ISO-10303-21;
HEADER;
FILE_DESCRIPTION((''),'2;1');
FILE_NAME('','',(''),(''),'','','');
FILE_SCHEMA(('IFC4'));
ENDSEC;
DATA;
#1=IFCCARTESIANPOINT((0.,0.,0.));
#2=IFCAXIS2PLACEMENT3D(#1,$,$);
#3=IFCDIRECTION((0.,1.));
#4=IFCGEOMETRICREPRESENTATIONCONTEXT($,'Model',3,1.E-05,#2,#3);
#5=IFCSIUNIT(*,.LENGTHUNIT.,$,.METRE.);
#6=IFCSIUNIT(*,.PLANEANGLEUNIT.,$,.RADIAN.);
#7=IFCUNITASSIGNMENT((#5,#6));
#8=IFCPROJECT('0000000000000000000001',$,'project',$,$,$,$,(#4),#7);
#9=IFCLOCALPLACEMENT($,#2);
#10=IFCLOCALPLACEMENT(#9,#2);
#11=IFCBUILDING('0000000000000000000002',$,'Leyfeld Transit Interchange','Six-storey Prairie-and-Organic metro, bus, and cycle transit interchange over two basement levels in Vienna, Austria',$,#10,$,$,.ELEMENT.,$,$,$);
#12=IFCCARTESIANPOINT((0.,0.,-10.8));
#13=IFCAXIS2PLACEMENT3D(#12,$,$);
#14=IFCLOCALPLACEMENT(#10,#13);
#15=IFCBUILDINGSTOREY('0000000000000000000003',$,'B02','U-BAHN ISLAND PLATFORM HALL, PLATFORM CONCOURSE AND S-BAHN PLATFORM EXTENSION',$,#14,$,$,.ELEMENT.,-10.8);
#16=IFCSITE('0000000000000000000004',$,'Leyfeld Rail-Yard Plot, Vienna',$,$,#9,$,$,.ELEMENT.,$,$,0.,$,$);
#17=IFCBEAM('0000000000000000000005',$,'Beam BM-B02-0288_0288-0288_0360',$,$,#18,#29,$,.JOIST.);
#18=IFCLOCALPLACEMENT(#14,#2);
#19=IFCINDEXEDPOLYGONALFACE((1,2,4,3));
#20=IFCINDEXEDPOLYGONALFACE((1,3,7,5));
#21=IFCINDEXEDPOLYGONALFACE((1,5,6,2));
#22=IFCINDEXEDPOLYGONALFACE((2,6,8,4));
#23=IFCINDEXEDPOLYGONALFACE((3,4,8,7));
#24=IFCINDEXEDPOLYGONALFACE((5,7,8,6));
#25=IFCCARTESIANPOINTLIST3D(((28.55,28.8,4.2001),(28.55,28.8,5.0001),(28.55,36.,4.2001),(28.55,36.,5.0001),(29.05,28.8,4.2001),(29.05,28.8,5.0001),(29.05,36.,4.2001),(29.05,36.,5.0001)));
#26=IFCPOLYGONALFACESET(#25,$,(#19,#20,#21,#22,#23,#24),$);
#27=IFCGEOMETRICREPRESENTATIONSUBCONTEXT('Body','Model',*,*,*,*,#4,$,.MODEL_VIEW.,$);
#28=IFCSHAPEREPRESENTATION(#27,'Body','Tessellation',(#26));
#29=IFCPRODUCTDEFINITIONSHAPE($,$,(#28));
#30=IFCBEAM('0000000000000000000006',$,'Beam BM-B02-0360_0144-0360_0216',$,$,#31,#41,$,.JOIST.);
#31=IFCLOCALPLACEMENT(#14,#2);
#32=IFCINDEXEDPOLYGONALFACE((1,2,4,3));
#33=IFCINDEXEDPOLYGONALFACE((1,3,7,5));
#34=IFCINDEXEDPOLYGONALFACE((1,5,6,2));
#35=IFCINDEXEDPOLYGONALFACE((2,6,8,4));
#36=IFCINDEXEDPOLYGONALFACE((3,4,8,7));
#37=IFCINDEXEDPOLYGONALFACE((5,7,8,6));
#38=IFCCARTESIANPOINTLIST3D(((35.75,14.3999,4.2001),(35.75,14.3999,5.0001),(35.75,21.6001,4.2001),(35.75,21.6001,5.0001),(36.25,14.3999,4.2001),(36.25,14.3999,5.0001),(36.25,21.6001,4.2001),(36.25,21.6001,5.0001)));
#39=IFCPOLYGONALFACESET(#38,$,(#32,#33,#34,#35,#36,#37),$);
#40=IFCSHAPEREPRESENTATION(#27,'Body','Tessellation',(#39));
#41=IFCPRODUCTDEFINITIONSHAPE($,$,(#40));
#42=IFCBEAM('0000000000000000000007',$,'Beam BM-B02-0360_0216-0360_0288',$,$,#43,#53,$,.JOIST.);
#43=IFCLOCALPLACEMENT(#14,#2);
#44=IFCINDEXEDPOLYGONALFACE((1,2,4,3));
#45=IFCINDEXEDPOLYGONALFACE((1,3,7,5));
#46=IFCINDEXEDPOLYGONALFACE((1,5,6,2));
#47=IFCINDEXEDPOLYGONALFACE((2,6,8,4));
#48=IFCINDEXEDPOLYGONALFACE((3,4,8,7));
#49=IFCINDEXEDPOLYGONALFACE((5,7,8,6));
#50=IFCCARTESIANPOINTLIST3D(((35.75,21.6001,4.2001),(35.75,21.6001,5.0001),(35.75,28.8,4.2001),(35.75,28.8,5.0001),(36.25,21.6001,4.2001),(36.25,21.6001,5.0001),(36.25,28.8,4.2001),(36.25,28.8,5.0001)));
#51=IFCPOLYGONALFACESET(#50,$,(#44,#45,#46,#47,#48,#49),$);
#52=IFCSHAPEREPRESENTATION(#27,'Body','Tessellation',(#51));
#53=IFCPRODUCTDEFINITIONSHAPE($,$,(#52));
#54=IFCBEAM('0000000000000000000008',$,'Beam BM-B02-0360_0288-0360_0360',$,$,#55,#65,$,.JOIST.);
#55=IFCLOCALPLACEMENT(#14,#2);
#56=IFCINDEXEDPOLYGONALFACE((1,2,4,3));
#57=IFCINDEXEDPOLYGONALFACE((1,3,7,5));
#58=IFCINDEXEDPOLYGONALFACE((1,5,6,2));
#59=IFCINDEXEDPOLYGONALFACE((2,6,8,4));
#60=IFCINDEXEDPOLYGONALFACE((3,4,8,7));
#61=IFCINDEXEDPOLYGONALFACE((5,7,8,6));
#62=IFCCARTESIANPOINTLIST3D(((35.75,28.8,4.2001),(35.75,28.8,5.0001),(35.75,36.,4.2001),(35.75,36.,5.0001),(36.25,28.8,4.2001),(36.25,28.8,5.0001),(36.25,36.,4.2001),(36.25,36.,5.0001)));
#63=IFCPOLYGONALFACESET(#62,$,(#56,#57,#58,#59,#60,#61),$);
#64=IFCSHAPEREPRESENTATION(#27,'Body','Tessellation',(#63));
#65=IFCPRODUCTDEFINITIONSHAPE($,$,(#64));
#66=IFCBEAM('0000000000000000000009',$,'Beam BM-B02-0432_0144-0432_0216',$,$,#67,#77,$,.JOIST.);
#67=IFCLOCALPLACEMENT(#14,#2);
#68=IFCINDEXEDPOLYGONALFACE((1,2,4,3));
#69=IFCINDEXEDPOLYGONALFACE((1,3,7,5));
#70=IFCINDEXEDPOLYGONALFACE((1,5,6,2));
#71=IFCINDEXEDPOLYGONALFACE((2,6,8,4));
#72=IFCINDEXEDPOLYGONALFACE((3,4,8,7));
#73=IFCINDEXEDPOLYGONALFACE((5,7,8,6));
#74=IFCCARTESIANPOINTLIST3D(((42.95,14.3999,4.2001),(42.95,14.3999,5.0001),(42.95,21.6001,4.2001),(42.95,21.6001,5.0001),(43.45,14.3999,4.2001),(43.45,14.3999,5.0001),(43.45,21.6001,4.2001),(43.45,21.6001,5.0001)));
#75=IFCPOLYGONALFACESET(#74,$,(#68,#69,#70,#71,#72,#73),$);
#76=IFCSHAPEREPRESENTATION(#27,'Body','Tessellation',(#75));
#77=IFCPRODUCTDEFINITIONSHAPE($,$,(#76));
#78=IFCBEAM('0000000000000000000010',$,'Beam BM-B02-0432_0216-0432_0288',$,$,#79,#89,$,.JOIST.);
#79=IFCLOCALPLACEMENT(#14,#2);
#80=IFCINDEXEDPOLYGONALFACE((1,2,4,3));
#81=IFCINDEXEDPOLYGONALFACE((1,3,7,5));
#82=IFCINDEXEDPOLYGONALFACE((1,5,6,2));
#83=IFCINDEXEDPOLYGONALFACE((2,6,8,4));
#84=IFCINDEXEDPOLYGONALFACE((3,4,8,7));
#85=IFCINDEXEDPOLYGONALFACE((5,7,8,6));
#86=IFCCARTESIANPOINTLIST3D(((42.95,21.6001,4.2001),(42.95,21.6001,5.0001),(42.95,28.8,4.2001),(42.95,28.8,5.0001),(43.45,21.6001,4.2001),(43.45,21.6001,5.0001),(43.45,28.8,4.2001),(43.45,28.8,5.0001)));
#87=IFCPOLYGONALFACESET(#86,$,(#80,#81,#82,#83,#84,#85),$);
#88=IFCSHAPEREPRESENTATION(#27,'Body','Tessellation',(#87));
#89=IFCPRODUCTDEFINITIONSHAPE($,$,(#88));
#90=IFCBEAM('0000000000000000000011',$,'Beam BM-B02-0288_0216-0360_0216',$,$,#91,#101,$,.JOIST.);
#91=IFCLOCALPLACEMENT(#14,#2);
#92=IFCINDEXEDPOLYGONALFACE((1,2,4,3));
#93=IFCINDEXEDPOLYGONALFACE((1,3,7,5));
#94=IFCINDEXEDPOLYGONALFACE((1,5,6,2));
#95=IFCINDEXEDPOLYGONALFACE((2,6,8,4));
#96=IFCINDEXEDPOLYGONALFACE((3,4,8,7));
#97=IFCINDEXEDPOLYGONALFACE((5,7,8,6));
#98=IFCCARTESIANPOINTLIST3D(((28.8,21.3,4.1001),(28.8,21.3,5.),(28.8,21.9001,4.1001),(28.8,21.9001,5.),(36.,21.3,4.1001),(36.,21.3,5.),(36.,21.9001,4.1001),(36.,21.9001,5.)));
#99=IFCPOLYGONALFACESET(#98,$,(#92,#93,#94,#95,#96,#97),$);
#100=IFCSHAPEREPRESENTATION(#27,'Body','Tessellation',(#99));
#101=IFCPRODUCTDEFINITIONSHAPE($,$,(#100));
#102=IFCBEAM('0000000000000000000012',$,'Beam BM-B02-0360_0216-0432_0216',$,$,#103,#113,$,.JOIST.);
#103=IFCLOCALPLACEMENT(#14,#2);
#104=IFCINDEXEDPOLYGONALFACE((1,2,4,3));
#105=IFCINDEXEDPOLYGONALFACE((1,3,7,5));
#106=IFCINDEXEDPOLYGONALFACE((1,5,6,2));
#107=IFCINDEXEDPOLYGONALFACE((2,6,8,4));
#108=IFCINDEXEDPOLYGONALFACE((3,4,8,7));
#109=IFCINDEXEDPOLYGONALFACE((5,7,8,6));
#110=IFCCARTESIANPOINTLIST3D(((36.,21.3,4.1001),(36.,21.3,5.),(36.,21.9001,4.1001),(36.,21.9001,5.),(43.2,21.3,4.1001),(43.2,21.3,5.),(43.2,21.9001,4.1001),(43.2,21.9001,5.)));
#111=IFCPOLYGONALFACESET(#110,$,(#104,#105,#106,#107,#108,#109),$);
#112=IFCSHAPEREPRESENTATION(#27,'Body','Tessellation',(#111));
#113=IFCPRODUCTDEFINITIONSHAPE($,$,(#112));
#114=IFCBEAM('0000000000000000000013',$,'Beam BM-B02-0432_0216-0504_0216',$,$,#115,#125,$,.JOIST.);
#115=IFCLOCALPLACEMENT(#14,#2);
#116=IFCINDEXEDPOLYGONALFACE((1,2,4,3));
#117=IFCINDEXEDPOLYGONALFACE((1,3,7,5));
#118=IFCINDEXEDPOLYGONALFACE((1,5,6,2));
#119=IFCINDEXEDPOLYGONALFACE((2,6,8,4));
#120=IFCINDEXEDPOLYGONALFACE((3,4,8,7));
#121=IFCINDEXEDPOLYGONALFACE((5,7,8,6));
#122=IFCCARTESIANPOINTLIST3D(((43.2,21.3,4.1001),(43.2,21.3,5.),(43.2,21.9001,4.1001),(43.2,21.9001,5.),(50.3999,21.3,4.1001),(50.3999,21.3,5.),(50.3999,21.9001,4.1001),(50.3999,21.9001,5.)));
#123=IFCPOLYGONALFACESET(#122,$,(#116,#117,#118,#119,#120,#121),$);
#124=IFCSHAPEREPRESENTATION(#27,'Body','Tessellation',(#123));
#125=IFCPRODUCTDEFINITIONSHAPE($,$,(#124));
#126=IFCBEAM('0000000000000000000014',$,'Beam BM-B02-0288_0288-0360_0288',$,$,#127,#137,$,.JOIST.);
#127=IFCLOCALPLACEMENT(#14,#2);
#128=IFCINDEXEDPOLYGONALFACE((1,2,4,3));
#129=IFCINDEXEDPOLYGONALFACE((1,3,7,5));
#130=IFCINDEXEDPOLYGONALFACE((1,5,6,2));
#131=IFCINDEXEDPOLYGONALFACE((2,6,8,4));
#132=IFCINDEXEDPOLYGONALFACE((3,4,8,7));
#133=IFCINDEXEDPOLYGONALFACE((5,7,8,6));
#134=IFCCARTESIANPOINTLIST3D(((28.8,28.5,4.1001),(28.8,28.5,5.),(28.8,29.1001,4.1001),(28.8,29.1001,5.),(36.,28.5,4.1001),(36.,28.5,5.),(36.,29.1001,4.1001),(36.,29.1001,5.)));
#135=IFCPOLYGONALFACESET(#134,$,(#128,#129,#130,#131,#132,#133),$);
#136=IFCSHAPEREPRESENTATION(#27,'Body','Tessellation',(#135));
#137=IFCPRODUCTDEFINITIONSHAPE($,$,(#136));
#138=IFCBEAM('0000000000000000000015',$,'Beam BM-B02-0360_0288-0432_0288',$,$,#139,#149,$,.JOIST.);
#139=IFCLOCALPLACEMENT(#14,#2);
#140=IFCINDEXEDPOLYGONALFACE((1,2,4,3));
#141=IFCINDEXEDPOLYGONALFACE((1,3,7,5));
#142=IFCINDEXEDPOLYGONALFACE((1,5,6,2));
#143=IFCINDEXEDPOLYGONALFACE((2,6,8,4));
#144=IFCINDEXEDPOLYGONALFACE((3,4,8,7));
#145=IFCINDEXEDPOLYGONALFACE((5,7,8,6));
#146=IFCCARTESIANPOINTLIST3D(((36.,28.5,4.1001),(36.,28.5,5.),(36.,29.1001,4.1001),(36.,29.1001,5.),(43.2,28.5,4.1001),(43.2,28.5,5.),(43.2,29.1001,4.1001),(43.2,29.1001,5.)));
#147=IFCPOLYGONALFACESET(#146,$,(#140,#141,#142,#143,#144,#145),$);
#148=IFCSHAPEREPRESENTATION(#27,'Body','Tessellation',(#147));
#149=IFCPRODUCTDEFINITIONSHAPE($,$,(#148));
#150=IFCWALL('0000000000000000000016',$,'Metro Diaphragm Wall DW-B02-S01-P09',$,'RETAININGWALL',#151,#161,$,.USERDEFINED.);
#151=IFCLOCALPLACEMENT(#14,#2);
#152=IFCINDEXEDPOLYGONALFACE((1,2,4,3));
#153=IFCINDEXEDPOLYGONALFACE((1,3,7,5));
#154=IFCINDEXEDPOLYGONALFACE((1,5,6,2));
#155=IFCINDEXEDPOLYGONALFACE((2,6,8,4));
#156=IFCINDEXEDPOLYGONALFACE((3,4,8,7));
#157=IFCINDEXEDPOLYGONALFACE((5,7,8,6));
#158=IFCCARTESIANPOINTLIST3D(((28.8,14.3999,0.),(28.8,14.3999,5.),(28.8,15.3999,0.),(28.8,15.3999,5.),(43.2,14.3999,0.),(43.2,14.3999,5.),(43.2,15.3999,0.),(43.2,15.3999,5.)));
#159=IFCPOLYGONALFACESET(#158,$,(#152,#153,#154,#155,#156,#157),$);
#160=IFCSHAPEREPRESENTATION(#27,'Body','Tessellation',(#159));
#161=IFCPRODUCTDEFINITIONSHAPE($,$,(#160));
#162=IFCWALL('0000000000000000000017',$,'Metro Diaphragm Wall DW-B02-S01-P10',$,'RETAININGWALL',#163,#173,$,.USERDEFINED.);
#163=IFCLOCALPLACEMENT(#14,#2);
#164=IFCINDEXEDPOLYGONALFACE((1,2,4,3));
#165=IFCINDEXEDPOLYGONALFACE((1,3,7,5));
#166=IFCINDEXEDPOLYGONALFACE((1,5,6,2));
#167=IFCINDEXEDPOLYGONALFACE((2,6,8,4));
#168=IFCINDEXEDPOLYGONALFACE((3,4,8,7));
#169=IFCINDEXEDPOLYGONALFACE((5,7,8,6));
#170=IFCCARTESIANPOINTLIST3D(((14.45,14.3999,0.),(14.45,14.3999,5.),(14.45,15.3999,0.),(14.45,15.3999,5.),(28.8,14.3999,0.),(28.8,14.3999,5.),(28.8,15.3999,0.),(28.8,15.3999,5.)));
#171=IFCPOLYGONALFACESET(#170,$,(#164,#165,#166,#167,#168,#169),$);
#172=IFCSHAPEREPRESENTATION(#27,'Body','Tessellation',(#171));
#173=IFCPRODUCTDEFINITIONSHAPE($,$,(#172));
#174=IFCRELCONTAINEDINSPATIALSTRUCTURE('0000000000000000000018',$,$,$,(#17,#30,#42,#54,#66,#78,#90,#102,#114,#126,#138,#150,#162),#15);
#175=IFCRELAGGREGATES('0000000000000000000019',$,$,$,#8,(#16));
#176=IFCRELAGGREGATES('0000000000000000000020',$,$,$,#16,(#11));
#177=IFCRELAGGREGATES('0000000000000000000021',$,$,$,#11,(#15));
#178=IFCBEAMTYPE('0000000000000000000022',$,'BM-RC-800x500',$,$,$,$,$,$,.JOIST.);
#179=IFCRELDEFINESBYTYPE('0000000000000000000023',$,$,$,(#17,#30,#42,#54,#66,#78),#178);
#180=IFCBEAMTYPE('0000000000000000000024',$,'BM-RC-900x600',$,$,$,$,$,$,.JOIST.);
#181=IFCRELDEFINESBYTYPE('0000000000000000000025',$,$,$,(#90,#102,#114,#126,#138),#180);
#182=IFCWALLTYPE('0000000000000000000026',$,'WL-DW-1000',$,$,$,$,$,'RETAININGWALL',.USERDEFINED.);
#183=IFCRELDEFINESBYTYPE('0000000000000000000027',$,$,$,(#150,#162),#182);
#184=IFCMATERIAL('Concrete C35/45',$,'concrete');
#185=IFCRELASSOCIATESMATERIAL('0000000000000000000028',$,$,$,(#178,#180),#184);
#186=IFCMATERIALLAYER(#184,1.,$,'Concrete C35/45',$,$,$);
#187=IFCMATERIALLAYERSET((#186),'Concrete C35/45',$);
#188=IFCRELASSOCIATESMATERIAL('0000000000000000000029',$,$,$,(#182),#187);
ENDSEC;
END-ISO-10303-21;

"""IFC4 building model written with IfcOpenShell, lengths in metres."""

from ifc_helpers import new_model, si_unit, direction, frame, frame_2d, origin, origin_2d, place, context, subcontext, project, spatial, rectangle, extrude, material, layer, layer_set, material_profile, profile_set, type_object, element, save


model = new_model("IFC4")

# Units and contexts
model_context = context("Model", 3, precision=1e-05, world=origin(), true_north=direction((0.0, 1.0)))
body_context = subcontext(model_context, "Body", "Model", "MODEL_VIEW")
ifc_project = project(units=[si_unit("LENGTHUNIT", "METRE"), si_unit("PLANEANGLEUNIT", "RADIAN")], contexts=[model_context])

# Site, building, storey
site_placement = place(None, origin())
site = spatial("IfcSite", under=ifc_project, at=site_placement, Name="Leyfeld Rail-Yard Plot, Vienna", CompositionType="ELEMENT", RefElevation=0.0)
building_placement = place(site_placement, origin())
building = spatial("IfcBuilding", under=site, at=building_placement, Name="Leyfeld Transit Interchange", Description="Six-storey Prairie-and-Organic metro, bus, and cycle transit interchange over two basement levels in Vienna, Austria", CompositionType="ELEMENT")
storey_placement = place(building_placement, frame((0.0, 0.0, -10.8)))
storey = spatial("IfcBuildingStorey", under=building, at=storey_placement, Name="B02", Description="U-BAHN ISLAND PLATFORM HALL, PLATFORM CONCOURSE AND S-BAHN PLATFORM EXTENSION", CompositionType="ELEMENT", Elevation=-10.8)

# Shared definitions
ifc_material = material(Name="Concrete C35/45", Category="concrete")

# Beams
ifc_material_profile_1 = material_profile(ifc_material, rectangle(XDim=0.5, YDim=0.8, at=origin_2d()), Name="RC 800x500")
ifc_profile_set_1 = profile_set([ifc_material_profile_1], Name="Concrete C35/45")
beam_type_1 = type_object("IfcBeamType", Name="BM-RC-800x500", PredefinedType="JOIST", material=ifc_profile_set_1)
for number, where, z_axis, x_axis, name in (
    (1, (28.8, 28.8, 4.6001), (0.0, 1.0, 0.0), (-1.0, 0.0, 0.0), "Beam BM-B02-0288_0288-0288_0360"),
):
    element("IfcBeam", number, at=place(storey_placement, frame(where, z_axis=z_axis, x_axis=x_axis)), inside=storey, type_object=beam_type_1, Name=name, PredefinedType="JOIST", context=body_context, shape_type="SweptSolid", body=[
        extrude(rectangle(XDim=0.5, YDim=0.8, at=origin_2d()), origin(), (0.0, 0.0, 1.0), 7.2),
    ])
beam_1_placement = place(storey_placement, frame((36.0, 14.3999, 4.6001), z_axis=(0.0, 1.0, 0.0), x_axis=(-1.0, 0.0, 0.0)))
element("IfcBeam", 2, at=beam_1_placement, inside=storey, type_object=beam_type_1, Name="Beam BM-B02-0360_0144-0360_0216", PredefinedType="JOIST", context=body_context, shape_type="SweptSolid", body=[
    extrude(rectangle(XDim=0.5, YDim=0.8, at=origin_2d()), origin(), (0.0, 0.0, 1.0), 7.2002),
])
for number, where, z_axis, x_axis, name in (
    (3, (36.0, 21.6001, 4.6001), (0.0, 1.0, 0.0), (-1.0, 0.0, 0.0), "Beam BM-B02-0360_0216-0360_0288"),
    (4, (36.0, 28.8, 4.6001), (0.0, 1.0, 0.0), (-1.0, 0.0, 0.0), "Beam BM-B02-0360_0288-0360_0360"),
):
    element("IfcBeam", number, at=place(storey_placement, frame(where, z_axis=z_axis, x_axis=x_axis)), inside=storey, type_object=beam_type_1, Name=name, PredefinedType="JOIST", context=body_context, shape_type="SweptSolid", body=[
        extrude(rectangle(XDim=0.5, YDim=0.8, at=origin_2d()), origin(), (0.0, 0.0, 1.0), 7.2),
    ])
beam_2_placement = place(storey_placement, frame((43.2, 14.3999, 4.6001), z_axis=(0.0, 1.0, 0.0), x_axis=(-1.0, 0.0, 0.0)))
element("IfcBeam", 5, at=beam_2_placement, inside=storey, type_object=beam_type_1, Name="Beam BM-B02-0432_0144-0432_0216", PredefinedType="JOIST", context=body_context, shape_type="SweptSolid", body=[
    extrude(rectangle(XDim=0.5, YDim=0.8, at=origin_2d()), origin(), (0.0, 0.0, 1.0), 7.2002),
])
beam_3_placement = place(storey_placement, frame((43.2, 21.6001, 4.6001), z_axis=(0.0, 1.0, 0.0), x_axis=(-1.0, 0.0, 0.0)))
element("IfcBeam", 6, at=beam_3_placement, inside=storey, type_object=beam_type_1, Name="Beam BM-B02-0432_0216-0432_0288", PredefinedType="JOIST", context=body_context, shape_type="SweptSolid", body=[
    extrude(rectangle(XDim=0.5, YDim=0.8, at=origin_2d()), origin(), (0.0, 0.0, 1.0), 7.2),
])
ifc_material_profile_2 = material_profile(ifc_material, rectangle(XDim=0.6001, YDim=0.8999, at=origin_2d()), Name="RC 900x600")
ifc_profile_set_2 = profile_set([ifc_material_profile_2], Name="Concrete C35/45")
beam_type_2 = type_object("IfcBeamType", Name="BM-RC-900x600", PredefinedType="JOIST", material=ifc_profile_set_2)
for number, where, z_axis, x_axis, name in (
    (7, (28.8, 21.6001, 4.55), (1.0, 0.0, 0.0), (0.0, 1.0, 0.0), "Beam BM-B02-0288_0216-0360_0216"),
    (8, (36.0, 21.6001, 4.55), (1.0, 0.0, 0.0), (0.0, 1.0, 0.0), "Beam BM-B02-0360_0216-0432_0216"),
    (9, (43.2, 21.6001, 4.55), (1.0, 0.0, 0.0), (0.0, 1.0, 0.0), "Beam BM-B02-0432_0216-0504_0216"),
    (10, (28.8, 28.8, 4.55), (1.0, 0.0, 0.0), (0.0, 1.0, 0.0), "Beam BM-B02-0288_0288-0360_0288"),
    (11, (36.0, 28.8, 4.55), (1.0, 0.0, 0.0), (0.0, 1.0, 0.0), "Beam BM-B02-0360_0288-0432_0288"),
):
    element("IfcBeam", number, at=place(storey_placement, frame(where, z_axis=z_axis, x_axis=x_axis)), inside=storey, type_object=beam_type_2, Name=name, PredefinedType="JOIST", context=body_context, shape_type="SweptSolid", body=[
        extrude(rectangle(XDim=0.6001, YDim=0.8999, at=origin_2d()), origin(), (0.0, 0.0, 1.0), 7.2),
    ])

# Walls
ifc_layer = layer(ifc_material, 1.0, Name="Concrete C35/45")
ifc_layer_set = layer_set([ifc_layer], Name="Concrete C35/45")
wall_type = type_object("IfcWallType", Name="WL-DW-1000", ElementType="RETAININGWALL", PredefinedType="USERDEFINED", material=ifc_layer_set)
wall_1_placement = place(storey_placement, frame((43.2, 14.8999, 0.0), z_axis=(0.0, 0.0, 1.0), x_axis=(-1.0, 0.0, 0.0)))
element("IfcWall", 12, at=wall_1_placement, inside=storey, type_object=wall_type, Name="Metro Diaphragm Wall DW-B02-S01-P09", ObjectType="RETAININGWALL", PredefinedType="USERDEFINED", context=body_context, shape_type="SweptSolid", body=[
    extrude(rectangle(XDim=14.3999, YDim=1.0, at=frame_2d((7.2, 0.0))), origin(), (0.0, 0.0, 1.0), 5.0),
])
wall_2_placement = place(storey_placement, frame((28.8, 14.8999, 0.0), z_axis=(0.0, 0.0, 1.0), x_axis=(-1.0, 0.0, 0.0)))
element("IfcWall", 13, at=wall_2_placement, inside=storey, type_object=wall_type, Name="Metro Diaphragm Wall DW-B02-S01-P10", ObjectType="RETAININGWALL", PredefinedType="USERDEFINED", context=body_context, shape_type="SweptSolid", body=[
    extrude(rectangle(XDim=14.3501, YDim=1.0, at=frame_2d((7.175, 0.0))), origin(), (0.0, 0.0, 1.0), 5.0),
])

save(model, "model.ifc")
